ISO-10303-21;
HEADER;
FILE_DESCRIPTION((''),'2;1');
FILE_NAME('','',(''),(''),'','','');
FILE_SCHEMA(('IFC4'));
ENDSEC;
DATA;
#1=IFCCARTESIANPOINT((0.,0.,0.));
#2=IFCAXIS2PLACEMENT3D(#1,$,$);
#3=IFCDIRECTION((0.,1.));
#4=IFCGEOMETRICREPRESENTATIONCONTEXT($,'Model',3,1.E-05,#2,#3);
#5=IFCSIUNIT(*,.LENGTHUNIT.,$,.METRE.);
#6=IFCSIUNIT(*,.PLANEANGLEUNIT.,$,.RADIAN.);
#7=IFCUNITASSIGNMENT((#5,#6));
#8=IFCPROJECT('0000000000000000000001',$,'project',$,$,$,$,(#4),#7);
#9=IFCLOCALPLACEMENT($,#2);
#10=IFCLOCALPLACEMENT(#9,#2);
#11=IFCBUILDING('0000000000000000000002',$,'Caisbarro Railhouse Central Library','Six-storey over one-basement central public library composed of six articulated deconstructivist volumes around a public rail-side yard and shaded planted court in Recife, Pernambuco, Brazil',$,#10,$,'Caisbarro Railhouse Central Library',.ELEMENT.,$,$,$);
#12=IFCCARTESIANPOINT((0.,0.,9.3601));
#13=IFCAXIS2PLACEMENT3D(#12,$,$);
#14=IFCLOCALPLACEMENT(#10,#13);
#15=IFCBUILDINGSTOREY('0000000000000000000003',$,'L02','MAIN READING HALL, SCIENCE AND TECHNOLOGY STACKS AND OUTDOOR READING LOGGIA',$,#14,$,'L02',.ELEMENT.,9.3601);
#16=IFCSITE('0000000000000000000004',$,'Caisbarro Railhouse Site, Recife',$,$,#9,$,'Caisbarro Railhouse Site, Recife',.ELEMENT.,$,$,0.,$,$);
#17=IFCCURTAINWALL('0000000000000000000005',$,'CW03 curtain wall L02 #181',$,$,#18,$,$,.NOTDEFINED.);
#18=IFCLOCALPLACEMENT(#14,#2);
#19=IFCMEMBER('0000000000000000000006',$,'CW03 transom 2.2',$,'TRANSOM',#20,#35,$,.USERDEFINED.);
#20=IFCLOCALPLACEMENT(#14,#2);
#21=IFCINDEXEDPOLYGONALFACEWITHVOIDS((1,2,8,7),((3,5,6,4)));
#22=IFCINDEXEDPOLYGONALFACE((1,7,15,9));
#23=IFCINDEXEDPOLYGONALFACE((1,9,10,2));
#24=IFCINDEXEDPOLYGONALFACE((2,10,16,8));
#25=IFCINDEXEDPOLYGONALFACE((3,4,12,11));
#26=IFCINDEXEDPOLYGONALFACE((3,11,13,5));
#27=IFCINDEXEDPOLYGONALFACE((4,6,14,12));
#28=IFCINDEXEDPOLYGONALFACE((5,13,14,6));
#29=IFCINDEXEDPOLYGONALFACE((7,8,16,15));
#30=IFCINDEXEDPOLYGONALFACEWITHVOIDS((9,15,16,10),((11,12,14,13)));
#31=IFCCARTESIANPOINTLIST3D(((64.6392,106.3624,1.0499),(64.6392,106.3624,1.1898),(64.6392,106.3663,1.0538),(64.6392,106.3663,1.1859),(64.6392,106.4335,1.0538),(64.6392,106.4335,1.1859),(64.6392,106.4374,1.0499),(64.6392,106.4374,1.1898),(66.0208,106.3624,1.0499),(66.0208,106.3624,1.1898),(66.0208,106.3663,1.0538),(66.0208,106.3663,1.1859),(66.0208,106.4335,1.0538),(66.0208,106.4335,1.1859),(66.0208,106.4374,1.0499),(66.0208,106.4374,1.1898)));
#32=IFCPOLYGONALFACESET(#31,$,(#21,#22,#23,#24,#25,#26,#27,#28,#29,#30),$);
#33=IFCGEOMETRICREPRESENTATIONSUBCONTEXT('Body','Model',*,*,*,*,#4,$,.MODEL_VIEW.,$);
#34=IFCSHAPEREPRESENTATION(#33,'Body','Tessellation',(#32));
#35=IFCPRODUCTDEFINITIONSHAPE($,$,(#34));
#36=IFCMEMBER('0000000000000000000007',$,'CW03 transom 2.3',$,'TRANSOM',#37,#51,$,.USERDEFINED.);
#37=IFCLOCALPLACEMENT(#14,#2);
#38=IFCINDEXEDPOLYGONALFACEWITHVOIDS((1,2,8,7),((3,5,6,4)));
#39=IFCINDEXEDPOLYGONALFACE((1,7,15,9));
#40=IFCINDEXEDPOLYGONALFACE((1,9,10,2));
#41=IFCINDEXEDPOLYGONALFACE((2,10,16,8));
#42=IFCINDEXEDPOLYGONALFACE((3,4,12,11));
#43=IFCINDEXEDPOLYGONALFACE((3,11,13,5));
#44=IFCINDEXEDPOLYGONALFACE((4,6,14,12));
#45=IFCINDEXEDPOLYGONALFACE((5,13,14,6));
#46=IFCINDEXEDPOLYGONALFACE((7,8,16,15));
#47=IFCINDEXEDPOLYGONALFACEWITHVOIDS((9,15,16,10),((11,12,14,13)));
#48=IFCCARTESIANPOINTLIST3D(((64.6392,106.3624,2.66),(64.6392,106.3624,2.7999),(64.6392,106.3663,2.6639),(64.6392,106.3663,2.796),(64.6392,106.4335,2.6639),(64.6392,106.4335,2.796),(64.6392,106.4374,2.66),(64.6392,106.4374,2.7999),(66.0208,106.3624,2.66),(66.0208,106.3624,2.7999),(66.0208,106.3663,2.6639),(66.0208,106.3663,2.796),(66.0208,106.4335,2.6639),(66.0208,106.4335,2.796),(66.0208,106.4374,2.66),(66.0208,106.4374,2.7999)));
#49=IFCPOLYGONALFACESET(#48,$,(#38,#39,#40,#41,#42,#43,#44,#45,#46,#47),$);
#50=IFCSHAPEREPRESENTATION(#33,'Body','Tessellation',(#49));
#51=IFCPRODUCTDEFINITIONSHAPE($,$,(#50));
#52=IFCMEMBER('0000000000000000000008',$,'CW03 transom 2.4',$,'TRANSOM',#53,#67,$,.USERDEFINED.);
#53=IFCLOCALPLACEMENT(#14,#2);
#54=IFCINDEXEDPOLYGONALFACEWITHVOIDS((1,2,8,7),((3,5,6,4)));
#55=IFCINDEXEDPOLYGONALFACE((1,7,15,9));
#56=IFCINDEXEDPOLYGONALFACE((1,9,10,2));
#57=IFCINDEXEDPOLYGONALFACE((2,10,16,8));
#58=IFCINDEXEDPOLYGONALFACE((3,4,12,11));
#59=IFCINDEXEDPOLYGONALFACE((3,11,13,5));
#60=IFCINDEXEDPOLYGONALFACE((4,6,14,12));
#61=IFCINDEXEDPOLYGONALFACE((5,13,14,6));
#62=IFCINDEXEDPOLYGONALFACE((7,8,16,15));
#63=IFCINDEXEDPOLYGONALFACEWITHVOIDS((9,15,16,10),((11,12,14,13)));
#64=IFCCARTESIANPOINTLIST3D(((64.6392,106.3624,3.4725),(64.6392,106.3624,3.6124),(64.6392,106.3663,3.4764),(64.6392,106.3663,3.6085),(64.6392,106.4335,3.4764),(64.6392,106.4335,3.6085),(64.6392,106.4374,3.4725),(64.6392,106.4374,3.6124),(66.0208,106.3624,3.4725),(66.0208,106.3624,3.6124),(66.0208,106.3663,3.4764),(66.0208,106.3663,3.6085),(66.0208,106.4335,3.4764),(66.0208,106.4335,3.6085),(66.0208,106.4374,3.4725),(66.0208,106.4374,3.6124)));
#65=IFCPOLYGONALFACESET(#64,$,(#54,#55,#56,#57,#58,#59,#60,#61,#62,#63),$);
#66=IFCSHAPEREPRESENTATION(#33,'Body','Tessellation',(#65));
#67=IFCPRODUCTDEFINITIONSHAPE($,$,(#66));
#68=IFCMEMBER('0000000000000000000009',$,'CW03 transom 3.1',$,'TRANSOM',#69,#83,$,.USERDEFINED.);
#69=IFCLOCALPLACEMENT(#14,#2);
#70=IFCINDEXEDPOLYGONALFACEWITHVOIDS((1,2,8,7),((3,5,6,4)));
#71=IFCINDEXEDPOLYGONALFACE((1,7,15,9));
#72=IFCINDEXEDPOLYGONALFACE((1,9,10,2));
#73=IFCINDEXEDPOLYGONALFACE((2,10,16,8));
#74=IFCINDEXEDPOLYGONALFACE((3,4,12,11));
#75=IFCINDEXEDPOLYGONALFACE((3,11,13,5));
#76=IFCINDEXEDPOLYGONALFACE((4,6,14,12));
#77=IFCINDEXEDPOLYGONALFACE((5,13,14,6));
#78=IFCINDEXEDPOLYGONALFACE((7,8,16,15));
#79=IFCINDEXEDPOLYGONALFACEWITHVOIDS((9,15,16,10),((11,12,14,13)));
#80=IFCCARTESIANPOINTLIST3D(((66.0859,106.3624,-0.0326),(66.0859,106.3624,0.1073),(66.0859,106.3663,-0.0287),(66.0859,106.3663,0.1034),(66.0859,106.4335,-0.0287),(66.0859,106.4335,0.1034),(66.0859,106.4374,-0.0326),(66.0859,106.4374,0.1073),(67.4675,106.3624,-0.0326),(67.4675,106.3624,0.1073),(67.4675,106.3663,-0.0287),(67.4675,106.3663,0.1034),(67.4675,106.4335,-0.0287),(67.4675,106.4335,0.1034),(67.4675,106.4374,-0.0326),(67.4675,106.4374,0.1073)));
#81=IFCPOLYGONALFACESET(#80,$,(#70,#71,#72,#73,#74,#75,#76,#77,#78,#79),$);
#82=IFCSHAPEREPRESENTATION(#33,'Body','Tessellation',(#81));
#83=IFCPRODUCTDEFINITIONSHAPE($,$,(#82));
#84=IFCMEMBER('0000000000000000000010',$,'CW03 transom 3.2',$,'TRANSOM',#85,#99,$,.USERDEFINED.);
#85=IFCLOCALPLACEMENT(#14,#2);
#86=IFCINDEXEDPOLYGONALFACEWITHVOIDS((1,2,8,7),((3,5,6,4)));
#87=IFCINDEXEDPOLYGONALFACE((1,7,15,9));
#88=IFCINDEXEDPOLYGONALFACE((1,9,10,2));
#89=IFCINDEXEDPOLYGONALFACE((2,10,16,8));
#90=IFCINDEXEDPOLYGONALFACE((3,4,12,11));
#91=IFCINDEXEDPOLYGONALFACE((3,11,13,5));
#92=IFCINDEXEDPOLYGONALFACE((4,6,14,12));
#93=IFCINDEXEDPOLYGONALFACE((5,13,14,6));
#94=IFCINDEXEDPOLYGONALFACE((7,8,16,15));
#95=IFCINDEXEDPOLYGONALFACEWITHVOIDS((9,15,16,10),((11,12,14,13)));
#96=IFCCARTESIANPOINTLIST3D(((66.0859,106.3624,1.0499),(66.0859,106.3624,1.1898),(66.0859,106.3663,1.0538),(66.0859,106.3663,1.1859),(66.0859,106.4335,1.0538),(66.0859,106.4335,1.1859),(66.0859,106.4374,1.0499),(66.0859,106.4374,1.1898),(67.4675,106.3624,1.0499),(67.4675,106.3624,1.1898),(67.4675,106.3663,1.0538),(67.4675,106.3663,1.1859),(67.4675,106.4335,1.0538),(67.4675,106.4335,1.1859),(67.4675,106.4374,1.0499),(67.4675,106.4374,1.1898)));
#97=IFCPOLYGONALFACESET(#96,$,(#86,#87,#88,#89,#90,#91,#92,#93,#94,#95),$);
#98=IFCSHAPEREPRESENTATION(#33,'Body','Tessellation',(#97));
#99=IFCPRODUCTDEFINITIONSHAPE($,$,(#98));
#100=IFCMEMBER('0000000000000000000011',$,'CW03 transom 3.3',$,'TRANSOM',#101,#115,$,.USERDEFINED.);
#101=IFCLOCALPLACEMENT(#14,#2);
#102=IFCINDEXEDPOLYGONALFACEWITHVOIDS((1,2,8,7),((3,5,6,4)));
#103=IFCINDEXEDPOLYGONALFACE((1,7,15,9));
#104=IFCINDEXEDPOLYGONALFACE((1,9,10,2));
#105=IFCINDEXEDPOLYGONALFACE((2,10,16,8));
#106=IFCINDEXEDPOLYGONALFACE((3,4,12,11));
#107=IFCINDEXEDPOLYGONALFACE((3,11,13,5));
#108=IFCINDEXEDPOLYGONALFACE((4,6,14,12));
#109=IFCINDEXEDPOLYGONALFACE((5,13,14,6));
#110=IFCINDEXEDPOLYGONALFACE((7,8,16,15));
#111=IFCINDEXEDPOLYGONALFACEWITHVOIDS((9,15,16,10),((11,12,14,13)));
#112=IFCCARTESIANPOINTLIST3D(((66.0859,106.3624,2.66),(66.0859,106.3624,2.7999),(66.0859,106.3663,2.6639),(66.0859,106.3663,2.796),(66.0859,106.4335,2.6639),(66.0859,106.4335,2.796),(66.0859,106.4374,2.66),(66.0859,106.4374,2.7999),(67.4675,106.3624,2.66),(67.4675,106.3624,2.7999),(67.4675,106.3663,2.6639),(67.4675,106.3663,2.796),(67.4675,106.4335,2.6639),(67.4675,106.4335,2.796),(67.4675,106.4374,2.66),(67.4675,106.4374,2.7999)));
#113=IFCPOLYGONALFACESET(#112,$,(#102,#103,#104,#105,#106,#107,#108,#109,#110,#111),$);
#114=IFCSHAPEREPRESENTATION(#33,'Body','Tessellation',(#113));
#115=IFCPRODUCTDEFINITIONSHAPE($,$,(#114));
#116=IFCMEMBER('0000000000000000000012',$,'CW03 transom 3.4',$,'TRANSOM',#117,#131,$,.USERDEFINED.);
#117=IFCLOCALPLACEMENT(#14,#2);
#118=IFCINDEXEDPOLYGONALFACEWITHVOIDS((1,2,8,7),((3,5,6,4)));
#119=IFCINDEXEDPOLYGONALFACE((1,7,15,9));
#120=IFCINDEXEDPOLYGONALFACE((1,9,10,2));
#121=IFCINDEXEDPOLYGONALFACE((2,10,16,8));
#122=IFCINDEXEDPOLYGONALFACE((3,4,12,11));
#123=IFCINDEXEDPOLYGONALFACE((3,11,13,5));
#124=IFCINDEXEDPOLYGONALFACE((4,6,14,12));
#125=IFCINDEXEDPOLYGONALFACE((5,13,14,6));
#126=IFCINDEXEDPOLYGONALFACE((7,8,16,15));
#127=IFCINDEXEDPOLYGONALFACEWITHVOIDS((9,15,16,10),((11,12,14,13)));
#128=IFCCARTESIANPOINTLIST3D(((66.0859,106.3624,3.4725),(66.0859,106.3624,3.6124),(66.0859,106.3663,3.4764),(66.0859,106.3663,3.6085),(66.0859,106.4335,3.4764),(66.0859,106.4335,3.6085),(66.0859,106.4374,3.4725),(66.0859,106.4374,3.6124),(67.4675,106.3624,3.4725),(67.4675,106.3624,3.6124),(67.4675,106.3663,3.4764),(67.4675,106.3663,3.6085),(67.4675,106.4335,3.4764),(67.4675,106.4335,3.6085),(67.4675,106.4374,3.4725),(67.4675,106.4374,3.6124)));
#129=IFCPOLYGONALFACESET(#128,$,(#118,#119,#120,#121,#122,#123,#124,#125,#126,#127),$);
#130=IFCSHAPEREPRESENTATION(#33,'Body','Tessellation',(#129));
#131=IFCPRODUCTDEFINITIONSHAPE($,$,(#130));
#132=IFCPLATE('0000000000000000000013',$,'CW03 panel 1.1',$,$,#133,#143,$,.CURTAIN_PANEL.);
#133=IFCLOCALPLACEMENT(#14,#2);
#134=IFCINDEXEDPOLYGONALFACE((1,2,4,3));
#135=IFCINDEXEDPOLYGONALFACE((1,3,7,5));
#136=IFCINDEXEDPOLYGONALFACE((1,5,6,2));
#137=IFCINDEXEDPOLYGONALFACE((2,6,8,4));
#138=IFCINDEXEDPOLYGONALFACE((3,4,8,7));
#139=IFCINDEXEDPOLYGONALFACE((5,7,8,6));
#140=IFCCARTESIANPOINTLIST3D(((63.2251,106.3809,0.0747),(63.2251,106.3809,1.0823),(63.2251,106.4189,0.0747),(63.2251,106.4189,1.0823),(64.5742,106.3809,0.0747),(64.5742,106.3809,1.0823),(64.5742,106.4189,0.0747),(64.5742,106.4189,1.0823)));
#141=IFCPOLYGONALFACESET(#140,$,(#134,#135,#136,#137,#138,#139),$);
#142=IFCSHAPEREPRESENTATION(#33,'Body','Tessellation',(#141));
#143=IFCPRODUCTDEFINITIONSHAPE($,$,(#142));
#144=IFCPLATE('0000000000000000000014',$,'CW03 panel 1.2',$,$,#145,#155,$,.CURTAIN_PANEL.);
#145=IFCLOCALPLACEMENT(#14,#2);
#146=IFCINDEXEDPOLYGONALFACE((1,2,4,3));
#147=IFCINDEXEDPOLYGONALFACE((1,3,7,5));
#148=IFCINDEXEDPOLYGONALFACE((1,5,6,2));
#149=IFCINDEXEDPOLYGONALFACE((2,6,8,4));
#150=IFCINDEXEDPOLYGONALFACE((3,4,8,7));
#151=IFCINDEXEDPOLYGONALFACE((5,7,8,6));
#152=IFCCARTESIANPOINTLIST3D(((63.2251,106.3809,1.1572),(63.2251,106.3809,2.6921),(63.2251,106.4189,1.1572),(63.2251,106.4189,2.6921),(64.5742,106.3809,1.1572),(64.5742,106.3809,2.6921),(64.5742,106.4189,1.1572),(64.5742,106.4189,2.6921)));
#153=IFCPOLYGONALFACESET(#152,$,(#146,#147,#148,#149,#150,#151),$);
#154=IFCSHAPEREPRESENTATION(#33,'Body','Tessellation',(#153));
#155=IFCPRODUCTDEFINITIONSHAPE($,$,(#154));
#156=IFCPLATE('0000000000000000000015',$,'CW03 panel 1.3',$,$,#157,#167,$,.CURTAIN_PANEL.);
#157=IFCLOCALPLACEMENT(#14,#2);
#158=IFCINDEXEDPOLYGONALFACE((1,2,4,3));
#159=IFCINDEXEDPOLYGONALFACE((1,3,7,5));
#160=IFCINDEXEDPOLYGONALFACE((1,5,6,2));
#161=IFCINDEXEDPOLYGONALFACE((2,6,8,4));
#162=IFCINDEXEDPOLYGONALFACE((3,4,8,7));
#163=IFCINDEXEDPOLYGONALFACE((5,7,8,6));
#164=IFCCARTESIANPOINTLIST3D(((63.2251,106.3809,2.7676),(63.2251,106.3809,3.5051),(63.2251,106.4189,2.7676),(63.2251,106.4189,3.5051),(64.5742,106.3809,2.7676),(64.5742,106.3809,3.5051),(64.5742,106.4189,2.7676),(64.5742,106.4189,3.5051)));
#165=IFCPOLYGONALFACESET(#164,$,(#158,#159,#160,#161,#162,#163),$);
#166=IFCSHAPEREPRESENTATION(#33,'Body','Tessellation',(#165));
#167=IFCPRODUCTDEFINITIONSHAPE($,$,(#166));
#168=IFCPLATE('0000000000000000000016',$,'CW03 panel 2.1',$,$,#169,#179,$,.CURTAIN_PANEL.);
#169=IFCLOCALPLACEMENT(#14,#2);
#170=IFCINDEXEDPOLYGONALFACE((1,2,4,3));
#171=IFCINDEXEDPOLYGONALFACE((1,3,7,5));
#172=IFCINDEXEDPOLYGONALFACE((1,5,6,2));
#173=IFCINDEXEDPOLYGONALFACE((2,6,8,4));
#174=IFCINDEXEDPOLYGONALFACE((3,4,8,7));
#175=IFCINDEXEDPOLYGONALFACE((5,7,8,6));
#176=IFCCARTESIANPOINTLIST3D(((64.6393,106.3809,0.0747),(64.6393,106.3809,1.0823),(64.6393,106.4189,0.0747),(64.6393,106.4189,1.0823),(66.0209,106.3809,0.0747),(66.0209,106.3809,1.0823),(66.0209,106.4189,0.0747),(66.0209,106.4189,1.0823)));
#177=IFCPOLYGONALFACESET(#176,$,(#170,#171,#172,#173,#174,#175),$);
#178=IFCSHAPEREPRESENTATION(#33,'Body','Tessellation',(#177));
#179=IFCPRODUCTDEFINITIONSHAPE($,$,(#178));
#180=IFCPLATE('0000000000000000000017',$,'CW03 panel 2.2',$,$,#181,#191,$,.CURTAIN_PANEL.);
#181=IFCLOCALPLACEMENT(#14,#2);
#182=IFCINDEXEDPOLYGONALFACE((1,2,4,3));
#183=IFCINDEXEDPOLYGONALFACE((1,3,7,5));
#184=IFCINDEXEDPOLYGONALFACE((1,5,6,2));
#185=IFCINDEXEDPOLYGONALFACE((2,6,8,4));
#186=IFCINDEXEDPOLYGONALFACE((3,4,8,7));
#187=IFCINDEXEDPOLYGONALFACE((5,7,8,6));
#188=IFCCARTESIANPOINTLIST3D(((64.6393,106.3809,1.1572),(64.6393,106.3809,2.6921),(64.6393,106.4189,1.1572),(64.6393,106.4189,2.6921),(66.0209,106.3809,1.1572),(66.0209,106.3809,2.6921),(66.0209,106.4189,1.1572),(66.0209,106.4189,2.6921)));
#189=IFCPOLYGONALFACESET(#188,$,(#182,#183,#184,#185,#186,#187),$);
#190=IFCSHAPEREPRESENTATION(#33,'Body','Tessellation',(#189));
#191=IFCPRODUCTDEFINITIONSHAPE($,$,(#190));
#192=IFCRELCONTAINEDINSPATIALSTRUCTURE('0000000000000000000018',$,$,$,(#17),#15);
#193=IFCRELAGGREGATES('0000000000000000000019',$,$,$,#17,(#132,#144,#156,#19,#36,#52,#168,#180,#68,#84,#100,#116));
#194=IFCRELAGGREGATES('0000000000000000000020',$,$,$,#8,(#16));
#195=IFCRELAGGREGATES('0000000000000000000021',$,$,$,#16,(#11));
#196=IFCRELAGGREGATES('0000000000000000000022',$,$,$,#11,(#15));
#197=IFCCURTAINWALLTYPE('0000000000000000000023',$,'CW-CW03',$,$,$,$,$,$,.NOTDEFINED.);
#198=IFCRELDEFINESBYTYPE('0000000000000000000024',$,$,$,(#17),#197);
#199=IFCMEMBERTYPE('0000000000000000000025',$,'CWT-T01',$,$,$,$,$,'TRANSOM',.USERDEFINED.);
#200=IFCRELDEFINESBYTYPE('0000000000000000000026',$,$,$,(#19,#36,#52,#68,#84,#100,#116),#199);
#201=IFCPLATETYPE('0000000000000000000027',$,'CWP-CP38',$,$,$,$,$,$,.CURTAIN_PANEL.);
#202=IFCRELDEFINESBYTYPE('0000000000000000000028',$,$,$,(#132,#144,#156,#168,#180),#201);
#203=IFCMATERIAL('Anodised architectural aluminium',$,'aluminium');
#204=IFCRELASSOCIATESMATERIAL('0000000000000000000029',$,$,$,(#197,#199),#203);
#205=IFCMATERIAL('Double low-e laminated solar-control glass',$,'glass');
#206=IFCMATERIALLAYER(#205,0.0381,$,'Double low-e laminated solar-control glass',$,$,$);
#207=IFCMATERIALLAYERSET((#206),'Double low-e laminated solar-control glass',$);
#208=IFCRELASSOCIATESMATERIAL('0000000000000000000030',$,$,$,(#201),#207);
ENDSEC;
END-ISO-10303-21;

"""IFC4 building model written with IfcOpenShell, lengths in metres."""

from ifc_helpers import new_model, si_unit, direction, frame, origin, origin_2d, place, context, subcontext, project, spatial, rectangle, hollow_rectangle, extrude, material, layer, layer_set, material_profile, profile_set, type_object, element, aggregate, save


model = new_model("IFC4")

# Units and contexts
model_context = context("Model", 3, precision=1e-05, world=origin(), true_north=direction((0.0, 1.0)))
body_context = subcontext(model_context, "Body", "Model", "MODEL_VIEW")
ifc_project = project(units=[si_unit("LENGTHUNIT", "METRE"), si_unit("PLANEANGLEUNIT", "RADIAN")], contexts=[model_context])

# Site, building, storey
site_placement = place(None, origin())
site = spatial("IfcSite", under=ifc_project, at=site_placement, Name="Caisbarro Railhouse Site, Recife", LongName="Caisbarro Railhouse Site, Recife", CompositionType="ELEMENT", RefElevation=0.0)
building_placement = place(site_placement, origin())
building = spatial("IfcBuilding", under=site, at=building_placement, Name="Caisbarro Railhouse Central Library", Description="Six-storey over one-basement central public library composed of six articulated deconstructivist volumes around a public rail-side yard and shaded planted court in Recife, Pernambuco, Brazil", LongName="Caisbarro Railhouse Central Library", CompositionType="ELEMENT")
storey_placement = place(building_placement, frame((0.0, 0.0, 9.3601)))
storey = spatial("IfcBuildingStorey", under=building, at=storey_placement, Name="L02", Description="MAIN READING HALL, SCIENCE AND TECHNOLOGY STACKS AND OUTDOOR READING LOGGIA", LongName="L02", CompositionType="ELEMENT", Elevation=9.3601)

# Curtain wall, members, plates
ifc_material_1 = material(Name="Anodised architectural aluminium", Category="aluminium")
curtain_wall_type = type_object("IfcCurtainWallType", Name="CW-CW03", PredefinedType="NOTDEFINED", material=ifc_material_1)
curtain_wall_placement = place(storey_placement, origin())
curtain_wall = element("IfcCurtainWall", 1, at=curtain_wall_placement, inside=storey, type_object=curtain_wall_type, Name="CW03 curtain wall L02 #181", PredefinedType="NOTDEFINED")
ifc_material_profile_1 = material_profile(ifc_material_1, hollow_rectangle(XDim=0.075, YDim=0.1399, WallThickness=0.0039, at=origin_2d()), Name="ALU-TRN-75X140")
ifc_profile_set_1 = profile_set([ifc_material_profile_1], Name="Anodised architectural aluminium")
member_type_1 = type_object("IfcMemberType", Name="CWT-T01", ElementType="TRANSOM", PredefinedType="USERDEFINED", material=ifc_profile_set_1)
member_1_placement = place(storey_placement, frame((64.6392, 106.3999, 1.1199), z_axis=(1.0, 0.0, 0.0), x_axis=(0.0, 1.0, 0.0)))
member_1 = element("IfcMember", 2, at=member_1_placement, type_object=member_type_1, Name="CW03 transom 2.2", ObjectType="TRANSOM", PredefinedType="USERDEFINED", context=body_context, shape_type="SweptSolid", body=[
    extrude(hollow_rectangle(XDim=0.075, YDim=0.1399, WallThickness=0.0039, at=origin_2d()), origin(), (0.0, 0.0, 1.0), 1.3816),
])
member_2_placement = place(storey_placement, frame((64.6392, 106.3999, 2.73), z_axis=(1.0, 0.0, 0.0), x_axis=(0.0, 1.0, 0.0)))
member_2 = element("IfcMember", 3, at=member_2_placement, type_object=member_type_1, Name="CW03 transom 2.3", ObjectType="TRANSOM", PredefinedType="USERDEFINED", context=body_context, shape_type="SweptSolid", body=[
    extrude(hollow_rectangle(XDim=0.075, YDim=0.1399, WallThickness=0.0039, at=origin_2d()), origin(), (0.0, 0.0, 1.0), 1.3816),
])
member_3_placement = place(storey_placement, frame((64.6392, 106.3999, 3.5425), z_axis=(1.0, 0.0, 0.0), x_axis=(0.0, 1.0, 0.0)))
member_3 = element("IfcMember", 4, at=member_3_placement, type_object=member_type_1, Name="CW03 transom 2.4", ObjectType="TRANSOM", PredefinedType="USERDEFINED", context=body_context, shape_type="SweptSolid", body=[
    extrude(hollow_rectangle(XDim=0.075, YDim=0.1399, WallThickness=0.0039, at=origin_2d()), origin(), (0.0, 0.0, 1.0), 1.3816),
])
member_4_placement = place(storey_placement, frame((66.0859, 106.3999, 0.0374), z_axis=(1.0, 0.0, 0.0), x_axis=(0.0, 1.0, 0.0)))
member_4 = element("IfcMember", 5, at=member_4_placement, type_object=member_type_1, Name="CW03 transom 3.1", ObjectType="TRANSOM", PredefinedType="USERDEFINED", context=body_context, shape_type="SweptSolid", body=[
    extrude(hollow_rectangle(XDim=0.075, YDim=0.1399, WallThickness=0.0039, at=origin_2d()), origin(), (0.0, 0.0, 1.0), 1.3816),
])
member_5_placement = place(storey_placement, frame((66.0859, 106.3999, 1.1199), z_axis=(1.0, 0.0, 0.0), x_axis=(0.0, 1.0, 0.0)))
member_5 = element("IfcMember", 6, at=member_5_placement, type_object=member_type_1, Name="CW03 transom 3.2", ObjectType="TRANSOM", PredefinedType="USERDEFINED", context=body_context, shape_type="SweptSolid", body=[
    extrude(hollow_rectangle(XDim=0.075, YDim=0.1399, WallThickness=0.0039, at=origin_2d()), origin(), (0.0, 0.0, 1.0), 1.3816),
])
member_6_placement = place(storey_placement, frame((66.0859, 106.3999, 2.73), z_axis=(1.0, 0.0, 0.0), x_axis=(0.0, 1.0, 0.0)))
member_6 = element("IfcMember", 7, at=member_6_placement, type_object=member_type_1, Name="CW03 transom 3.3", ObjectType="TRANSOM", PredefinedType="USERDEFINED", context=body_context, shape_type="SweptSolid", body=[
    extrude(hollow_rectangle(XDim=0.075, YDim=0.1399, WallThickness=0.0039, at=origin_2d()), origin(), (0.0, 0.0, 1.0), 1.3816),
])
member_7_placement = place(storey_placement, frame((66.0859, 106.3999, 3.5425), z_axis=(1.0, 0.0, 0.0), x_axis=(0.0, 1.0, 0.0)))
member_7 = element("IfcMember", 8, at=member_7_placement, type_object=member_type_1, Name="CW03 transom 3.4", ObjectType="TRANSOM", PredefinedType="USERDEFINED", context=body_context, shape_type="SweptSolid", body=[
    extrude(hollow_rectangle(XDim=0.075, YDim=0.1399, WallThickness=0.0039, at=origin_2d()), origin(), (0.0, 0.0, 1.0), 1.3816),
])
ifc_material_2 = material(Name="Double low-e laminated solar-control glass", Category="glass")
ifc_layer = layer(ifc_material_2, 0.0381, Name="Double low-e laminated solar-control glass")
ifc_layer_set = layer_set([ifc_layer], Name="Double low-e laminated solar-control glass")
plate_type = type_object("IfcPlateType", Name="CWP-CP38", PredefinedType="CURTAIN_PANEL", material=ifc_layer_set)
plate_1_placement = place(storey_placement, frame((63.8997, 106.3999, 0.0747), z_axis=(0.0, 0.0, 1.0), x_axis=(1.0, 0.0, 0.0)))
plate_1 = element("IfcPlate", 9, at=plate_1_placement, type_object=plate_type, Name="CW03 panel 1.1", PredefinedType="CURTAIN_PANEL", context=body_context, shape_type="SweptSolid", body=[
    extrude(rectangle(XDim=1.3491, YDim=0.0381, at=origin_2d()), origin(), (0.0, 0.0, 1.0), 1.0076),
])
plate_2_placement = place(storey_placement, frame((63.8997, 106.3999, 1.1572), z_axis=(0.0, 0.0, 1.0), x_axis=(1.0, 0.0, 0.0)))
plate_2 = element("IfcPlate", 10, at=plate_2_placement, type_object=plate_type, Name="CW03 panel 1.2", PredefinedType="CURTAIN_PANEL", context=body_context, shape_type="SweptSolid", body=[
    extrude(rectangle(XDim=1.3491, YDim=0.0381, at=origin_2d()), origin(), (0.0, 0.0, 1.0), 1.5349),
])
plate_3_placement = place(storey_placement, frame((63.8997, 106.3999, 2.7676), z_axis=(0.0, 0.0, 1.0), x_axis=(1.0, 0.0, 0.0)))
plate_3 = element("IfcPlate", 11, at=plate_3_placement, type_object=plate_type, Name="CW03 panel 1.3", PredefinedType="CURTAIN_PANEL", context=body_context, shape_type="SweptSolid", body=[
    extrude(rectangle(XDim=1.3491, YDim=0.0381, at=origin_2d()), origin(), (0.0, 0.0, 1.0), 0.7375),
])
plate_4_placement = place(storey_placement, frame((65.3301, 106.3999, 0.0747), z_axis=(0.0, 0.0, 1.0), x_axis=(1.0, 0.0, 0.0)))
plate_4 = element("IfcPlate", 12, at=plate_4_placement, type_object=plate_type, Name="CW03 panel 2.1", PredefinedType="CURTAIN_PANEL", context=body_context, shape_type="SweptSolid", body=[
    extrude(rectangle(XDim=1.3816, YDim=0.0381, at=origin_2d()), origin(), (0.0, 0.0, 1.0), 1.0076),
])
plate_5_placement = place(storey_placement, frame((65.3301, 106.3999, 1.1572), z_axis=(0.0, 0.0, 1.0), x_axis=(1.0, 0.0, 0.0)))
plate_5 = element("IfcPlate", 13, at=plate_5_placement, type_object=plate_type, Name="CW03 panel 2.2", PredefinedType="CURTAIN_PANEL", context=body_context, shape_type="SweptSolid", body=[
    extrude(rectangle(XDim=1.3816, YDim=0.0381, at=origin_2d()), origin(), (0.0, 0.0, 1.0), 1.5349),
])
aggregate(curtain_wall, [plate_1, plate_2, plate_3, member_1, member_2, member_3, plate_4, plate_5, member_4, member_5, member_6, member_7])

save(model, "model.ifc")
